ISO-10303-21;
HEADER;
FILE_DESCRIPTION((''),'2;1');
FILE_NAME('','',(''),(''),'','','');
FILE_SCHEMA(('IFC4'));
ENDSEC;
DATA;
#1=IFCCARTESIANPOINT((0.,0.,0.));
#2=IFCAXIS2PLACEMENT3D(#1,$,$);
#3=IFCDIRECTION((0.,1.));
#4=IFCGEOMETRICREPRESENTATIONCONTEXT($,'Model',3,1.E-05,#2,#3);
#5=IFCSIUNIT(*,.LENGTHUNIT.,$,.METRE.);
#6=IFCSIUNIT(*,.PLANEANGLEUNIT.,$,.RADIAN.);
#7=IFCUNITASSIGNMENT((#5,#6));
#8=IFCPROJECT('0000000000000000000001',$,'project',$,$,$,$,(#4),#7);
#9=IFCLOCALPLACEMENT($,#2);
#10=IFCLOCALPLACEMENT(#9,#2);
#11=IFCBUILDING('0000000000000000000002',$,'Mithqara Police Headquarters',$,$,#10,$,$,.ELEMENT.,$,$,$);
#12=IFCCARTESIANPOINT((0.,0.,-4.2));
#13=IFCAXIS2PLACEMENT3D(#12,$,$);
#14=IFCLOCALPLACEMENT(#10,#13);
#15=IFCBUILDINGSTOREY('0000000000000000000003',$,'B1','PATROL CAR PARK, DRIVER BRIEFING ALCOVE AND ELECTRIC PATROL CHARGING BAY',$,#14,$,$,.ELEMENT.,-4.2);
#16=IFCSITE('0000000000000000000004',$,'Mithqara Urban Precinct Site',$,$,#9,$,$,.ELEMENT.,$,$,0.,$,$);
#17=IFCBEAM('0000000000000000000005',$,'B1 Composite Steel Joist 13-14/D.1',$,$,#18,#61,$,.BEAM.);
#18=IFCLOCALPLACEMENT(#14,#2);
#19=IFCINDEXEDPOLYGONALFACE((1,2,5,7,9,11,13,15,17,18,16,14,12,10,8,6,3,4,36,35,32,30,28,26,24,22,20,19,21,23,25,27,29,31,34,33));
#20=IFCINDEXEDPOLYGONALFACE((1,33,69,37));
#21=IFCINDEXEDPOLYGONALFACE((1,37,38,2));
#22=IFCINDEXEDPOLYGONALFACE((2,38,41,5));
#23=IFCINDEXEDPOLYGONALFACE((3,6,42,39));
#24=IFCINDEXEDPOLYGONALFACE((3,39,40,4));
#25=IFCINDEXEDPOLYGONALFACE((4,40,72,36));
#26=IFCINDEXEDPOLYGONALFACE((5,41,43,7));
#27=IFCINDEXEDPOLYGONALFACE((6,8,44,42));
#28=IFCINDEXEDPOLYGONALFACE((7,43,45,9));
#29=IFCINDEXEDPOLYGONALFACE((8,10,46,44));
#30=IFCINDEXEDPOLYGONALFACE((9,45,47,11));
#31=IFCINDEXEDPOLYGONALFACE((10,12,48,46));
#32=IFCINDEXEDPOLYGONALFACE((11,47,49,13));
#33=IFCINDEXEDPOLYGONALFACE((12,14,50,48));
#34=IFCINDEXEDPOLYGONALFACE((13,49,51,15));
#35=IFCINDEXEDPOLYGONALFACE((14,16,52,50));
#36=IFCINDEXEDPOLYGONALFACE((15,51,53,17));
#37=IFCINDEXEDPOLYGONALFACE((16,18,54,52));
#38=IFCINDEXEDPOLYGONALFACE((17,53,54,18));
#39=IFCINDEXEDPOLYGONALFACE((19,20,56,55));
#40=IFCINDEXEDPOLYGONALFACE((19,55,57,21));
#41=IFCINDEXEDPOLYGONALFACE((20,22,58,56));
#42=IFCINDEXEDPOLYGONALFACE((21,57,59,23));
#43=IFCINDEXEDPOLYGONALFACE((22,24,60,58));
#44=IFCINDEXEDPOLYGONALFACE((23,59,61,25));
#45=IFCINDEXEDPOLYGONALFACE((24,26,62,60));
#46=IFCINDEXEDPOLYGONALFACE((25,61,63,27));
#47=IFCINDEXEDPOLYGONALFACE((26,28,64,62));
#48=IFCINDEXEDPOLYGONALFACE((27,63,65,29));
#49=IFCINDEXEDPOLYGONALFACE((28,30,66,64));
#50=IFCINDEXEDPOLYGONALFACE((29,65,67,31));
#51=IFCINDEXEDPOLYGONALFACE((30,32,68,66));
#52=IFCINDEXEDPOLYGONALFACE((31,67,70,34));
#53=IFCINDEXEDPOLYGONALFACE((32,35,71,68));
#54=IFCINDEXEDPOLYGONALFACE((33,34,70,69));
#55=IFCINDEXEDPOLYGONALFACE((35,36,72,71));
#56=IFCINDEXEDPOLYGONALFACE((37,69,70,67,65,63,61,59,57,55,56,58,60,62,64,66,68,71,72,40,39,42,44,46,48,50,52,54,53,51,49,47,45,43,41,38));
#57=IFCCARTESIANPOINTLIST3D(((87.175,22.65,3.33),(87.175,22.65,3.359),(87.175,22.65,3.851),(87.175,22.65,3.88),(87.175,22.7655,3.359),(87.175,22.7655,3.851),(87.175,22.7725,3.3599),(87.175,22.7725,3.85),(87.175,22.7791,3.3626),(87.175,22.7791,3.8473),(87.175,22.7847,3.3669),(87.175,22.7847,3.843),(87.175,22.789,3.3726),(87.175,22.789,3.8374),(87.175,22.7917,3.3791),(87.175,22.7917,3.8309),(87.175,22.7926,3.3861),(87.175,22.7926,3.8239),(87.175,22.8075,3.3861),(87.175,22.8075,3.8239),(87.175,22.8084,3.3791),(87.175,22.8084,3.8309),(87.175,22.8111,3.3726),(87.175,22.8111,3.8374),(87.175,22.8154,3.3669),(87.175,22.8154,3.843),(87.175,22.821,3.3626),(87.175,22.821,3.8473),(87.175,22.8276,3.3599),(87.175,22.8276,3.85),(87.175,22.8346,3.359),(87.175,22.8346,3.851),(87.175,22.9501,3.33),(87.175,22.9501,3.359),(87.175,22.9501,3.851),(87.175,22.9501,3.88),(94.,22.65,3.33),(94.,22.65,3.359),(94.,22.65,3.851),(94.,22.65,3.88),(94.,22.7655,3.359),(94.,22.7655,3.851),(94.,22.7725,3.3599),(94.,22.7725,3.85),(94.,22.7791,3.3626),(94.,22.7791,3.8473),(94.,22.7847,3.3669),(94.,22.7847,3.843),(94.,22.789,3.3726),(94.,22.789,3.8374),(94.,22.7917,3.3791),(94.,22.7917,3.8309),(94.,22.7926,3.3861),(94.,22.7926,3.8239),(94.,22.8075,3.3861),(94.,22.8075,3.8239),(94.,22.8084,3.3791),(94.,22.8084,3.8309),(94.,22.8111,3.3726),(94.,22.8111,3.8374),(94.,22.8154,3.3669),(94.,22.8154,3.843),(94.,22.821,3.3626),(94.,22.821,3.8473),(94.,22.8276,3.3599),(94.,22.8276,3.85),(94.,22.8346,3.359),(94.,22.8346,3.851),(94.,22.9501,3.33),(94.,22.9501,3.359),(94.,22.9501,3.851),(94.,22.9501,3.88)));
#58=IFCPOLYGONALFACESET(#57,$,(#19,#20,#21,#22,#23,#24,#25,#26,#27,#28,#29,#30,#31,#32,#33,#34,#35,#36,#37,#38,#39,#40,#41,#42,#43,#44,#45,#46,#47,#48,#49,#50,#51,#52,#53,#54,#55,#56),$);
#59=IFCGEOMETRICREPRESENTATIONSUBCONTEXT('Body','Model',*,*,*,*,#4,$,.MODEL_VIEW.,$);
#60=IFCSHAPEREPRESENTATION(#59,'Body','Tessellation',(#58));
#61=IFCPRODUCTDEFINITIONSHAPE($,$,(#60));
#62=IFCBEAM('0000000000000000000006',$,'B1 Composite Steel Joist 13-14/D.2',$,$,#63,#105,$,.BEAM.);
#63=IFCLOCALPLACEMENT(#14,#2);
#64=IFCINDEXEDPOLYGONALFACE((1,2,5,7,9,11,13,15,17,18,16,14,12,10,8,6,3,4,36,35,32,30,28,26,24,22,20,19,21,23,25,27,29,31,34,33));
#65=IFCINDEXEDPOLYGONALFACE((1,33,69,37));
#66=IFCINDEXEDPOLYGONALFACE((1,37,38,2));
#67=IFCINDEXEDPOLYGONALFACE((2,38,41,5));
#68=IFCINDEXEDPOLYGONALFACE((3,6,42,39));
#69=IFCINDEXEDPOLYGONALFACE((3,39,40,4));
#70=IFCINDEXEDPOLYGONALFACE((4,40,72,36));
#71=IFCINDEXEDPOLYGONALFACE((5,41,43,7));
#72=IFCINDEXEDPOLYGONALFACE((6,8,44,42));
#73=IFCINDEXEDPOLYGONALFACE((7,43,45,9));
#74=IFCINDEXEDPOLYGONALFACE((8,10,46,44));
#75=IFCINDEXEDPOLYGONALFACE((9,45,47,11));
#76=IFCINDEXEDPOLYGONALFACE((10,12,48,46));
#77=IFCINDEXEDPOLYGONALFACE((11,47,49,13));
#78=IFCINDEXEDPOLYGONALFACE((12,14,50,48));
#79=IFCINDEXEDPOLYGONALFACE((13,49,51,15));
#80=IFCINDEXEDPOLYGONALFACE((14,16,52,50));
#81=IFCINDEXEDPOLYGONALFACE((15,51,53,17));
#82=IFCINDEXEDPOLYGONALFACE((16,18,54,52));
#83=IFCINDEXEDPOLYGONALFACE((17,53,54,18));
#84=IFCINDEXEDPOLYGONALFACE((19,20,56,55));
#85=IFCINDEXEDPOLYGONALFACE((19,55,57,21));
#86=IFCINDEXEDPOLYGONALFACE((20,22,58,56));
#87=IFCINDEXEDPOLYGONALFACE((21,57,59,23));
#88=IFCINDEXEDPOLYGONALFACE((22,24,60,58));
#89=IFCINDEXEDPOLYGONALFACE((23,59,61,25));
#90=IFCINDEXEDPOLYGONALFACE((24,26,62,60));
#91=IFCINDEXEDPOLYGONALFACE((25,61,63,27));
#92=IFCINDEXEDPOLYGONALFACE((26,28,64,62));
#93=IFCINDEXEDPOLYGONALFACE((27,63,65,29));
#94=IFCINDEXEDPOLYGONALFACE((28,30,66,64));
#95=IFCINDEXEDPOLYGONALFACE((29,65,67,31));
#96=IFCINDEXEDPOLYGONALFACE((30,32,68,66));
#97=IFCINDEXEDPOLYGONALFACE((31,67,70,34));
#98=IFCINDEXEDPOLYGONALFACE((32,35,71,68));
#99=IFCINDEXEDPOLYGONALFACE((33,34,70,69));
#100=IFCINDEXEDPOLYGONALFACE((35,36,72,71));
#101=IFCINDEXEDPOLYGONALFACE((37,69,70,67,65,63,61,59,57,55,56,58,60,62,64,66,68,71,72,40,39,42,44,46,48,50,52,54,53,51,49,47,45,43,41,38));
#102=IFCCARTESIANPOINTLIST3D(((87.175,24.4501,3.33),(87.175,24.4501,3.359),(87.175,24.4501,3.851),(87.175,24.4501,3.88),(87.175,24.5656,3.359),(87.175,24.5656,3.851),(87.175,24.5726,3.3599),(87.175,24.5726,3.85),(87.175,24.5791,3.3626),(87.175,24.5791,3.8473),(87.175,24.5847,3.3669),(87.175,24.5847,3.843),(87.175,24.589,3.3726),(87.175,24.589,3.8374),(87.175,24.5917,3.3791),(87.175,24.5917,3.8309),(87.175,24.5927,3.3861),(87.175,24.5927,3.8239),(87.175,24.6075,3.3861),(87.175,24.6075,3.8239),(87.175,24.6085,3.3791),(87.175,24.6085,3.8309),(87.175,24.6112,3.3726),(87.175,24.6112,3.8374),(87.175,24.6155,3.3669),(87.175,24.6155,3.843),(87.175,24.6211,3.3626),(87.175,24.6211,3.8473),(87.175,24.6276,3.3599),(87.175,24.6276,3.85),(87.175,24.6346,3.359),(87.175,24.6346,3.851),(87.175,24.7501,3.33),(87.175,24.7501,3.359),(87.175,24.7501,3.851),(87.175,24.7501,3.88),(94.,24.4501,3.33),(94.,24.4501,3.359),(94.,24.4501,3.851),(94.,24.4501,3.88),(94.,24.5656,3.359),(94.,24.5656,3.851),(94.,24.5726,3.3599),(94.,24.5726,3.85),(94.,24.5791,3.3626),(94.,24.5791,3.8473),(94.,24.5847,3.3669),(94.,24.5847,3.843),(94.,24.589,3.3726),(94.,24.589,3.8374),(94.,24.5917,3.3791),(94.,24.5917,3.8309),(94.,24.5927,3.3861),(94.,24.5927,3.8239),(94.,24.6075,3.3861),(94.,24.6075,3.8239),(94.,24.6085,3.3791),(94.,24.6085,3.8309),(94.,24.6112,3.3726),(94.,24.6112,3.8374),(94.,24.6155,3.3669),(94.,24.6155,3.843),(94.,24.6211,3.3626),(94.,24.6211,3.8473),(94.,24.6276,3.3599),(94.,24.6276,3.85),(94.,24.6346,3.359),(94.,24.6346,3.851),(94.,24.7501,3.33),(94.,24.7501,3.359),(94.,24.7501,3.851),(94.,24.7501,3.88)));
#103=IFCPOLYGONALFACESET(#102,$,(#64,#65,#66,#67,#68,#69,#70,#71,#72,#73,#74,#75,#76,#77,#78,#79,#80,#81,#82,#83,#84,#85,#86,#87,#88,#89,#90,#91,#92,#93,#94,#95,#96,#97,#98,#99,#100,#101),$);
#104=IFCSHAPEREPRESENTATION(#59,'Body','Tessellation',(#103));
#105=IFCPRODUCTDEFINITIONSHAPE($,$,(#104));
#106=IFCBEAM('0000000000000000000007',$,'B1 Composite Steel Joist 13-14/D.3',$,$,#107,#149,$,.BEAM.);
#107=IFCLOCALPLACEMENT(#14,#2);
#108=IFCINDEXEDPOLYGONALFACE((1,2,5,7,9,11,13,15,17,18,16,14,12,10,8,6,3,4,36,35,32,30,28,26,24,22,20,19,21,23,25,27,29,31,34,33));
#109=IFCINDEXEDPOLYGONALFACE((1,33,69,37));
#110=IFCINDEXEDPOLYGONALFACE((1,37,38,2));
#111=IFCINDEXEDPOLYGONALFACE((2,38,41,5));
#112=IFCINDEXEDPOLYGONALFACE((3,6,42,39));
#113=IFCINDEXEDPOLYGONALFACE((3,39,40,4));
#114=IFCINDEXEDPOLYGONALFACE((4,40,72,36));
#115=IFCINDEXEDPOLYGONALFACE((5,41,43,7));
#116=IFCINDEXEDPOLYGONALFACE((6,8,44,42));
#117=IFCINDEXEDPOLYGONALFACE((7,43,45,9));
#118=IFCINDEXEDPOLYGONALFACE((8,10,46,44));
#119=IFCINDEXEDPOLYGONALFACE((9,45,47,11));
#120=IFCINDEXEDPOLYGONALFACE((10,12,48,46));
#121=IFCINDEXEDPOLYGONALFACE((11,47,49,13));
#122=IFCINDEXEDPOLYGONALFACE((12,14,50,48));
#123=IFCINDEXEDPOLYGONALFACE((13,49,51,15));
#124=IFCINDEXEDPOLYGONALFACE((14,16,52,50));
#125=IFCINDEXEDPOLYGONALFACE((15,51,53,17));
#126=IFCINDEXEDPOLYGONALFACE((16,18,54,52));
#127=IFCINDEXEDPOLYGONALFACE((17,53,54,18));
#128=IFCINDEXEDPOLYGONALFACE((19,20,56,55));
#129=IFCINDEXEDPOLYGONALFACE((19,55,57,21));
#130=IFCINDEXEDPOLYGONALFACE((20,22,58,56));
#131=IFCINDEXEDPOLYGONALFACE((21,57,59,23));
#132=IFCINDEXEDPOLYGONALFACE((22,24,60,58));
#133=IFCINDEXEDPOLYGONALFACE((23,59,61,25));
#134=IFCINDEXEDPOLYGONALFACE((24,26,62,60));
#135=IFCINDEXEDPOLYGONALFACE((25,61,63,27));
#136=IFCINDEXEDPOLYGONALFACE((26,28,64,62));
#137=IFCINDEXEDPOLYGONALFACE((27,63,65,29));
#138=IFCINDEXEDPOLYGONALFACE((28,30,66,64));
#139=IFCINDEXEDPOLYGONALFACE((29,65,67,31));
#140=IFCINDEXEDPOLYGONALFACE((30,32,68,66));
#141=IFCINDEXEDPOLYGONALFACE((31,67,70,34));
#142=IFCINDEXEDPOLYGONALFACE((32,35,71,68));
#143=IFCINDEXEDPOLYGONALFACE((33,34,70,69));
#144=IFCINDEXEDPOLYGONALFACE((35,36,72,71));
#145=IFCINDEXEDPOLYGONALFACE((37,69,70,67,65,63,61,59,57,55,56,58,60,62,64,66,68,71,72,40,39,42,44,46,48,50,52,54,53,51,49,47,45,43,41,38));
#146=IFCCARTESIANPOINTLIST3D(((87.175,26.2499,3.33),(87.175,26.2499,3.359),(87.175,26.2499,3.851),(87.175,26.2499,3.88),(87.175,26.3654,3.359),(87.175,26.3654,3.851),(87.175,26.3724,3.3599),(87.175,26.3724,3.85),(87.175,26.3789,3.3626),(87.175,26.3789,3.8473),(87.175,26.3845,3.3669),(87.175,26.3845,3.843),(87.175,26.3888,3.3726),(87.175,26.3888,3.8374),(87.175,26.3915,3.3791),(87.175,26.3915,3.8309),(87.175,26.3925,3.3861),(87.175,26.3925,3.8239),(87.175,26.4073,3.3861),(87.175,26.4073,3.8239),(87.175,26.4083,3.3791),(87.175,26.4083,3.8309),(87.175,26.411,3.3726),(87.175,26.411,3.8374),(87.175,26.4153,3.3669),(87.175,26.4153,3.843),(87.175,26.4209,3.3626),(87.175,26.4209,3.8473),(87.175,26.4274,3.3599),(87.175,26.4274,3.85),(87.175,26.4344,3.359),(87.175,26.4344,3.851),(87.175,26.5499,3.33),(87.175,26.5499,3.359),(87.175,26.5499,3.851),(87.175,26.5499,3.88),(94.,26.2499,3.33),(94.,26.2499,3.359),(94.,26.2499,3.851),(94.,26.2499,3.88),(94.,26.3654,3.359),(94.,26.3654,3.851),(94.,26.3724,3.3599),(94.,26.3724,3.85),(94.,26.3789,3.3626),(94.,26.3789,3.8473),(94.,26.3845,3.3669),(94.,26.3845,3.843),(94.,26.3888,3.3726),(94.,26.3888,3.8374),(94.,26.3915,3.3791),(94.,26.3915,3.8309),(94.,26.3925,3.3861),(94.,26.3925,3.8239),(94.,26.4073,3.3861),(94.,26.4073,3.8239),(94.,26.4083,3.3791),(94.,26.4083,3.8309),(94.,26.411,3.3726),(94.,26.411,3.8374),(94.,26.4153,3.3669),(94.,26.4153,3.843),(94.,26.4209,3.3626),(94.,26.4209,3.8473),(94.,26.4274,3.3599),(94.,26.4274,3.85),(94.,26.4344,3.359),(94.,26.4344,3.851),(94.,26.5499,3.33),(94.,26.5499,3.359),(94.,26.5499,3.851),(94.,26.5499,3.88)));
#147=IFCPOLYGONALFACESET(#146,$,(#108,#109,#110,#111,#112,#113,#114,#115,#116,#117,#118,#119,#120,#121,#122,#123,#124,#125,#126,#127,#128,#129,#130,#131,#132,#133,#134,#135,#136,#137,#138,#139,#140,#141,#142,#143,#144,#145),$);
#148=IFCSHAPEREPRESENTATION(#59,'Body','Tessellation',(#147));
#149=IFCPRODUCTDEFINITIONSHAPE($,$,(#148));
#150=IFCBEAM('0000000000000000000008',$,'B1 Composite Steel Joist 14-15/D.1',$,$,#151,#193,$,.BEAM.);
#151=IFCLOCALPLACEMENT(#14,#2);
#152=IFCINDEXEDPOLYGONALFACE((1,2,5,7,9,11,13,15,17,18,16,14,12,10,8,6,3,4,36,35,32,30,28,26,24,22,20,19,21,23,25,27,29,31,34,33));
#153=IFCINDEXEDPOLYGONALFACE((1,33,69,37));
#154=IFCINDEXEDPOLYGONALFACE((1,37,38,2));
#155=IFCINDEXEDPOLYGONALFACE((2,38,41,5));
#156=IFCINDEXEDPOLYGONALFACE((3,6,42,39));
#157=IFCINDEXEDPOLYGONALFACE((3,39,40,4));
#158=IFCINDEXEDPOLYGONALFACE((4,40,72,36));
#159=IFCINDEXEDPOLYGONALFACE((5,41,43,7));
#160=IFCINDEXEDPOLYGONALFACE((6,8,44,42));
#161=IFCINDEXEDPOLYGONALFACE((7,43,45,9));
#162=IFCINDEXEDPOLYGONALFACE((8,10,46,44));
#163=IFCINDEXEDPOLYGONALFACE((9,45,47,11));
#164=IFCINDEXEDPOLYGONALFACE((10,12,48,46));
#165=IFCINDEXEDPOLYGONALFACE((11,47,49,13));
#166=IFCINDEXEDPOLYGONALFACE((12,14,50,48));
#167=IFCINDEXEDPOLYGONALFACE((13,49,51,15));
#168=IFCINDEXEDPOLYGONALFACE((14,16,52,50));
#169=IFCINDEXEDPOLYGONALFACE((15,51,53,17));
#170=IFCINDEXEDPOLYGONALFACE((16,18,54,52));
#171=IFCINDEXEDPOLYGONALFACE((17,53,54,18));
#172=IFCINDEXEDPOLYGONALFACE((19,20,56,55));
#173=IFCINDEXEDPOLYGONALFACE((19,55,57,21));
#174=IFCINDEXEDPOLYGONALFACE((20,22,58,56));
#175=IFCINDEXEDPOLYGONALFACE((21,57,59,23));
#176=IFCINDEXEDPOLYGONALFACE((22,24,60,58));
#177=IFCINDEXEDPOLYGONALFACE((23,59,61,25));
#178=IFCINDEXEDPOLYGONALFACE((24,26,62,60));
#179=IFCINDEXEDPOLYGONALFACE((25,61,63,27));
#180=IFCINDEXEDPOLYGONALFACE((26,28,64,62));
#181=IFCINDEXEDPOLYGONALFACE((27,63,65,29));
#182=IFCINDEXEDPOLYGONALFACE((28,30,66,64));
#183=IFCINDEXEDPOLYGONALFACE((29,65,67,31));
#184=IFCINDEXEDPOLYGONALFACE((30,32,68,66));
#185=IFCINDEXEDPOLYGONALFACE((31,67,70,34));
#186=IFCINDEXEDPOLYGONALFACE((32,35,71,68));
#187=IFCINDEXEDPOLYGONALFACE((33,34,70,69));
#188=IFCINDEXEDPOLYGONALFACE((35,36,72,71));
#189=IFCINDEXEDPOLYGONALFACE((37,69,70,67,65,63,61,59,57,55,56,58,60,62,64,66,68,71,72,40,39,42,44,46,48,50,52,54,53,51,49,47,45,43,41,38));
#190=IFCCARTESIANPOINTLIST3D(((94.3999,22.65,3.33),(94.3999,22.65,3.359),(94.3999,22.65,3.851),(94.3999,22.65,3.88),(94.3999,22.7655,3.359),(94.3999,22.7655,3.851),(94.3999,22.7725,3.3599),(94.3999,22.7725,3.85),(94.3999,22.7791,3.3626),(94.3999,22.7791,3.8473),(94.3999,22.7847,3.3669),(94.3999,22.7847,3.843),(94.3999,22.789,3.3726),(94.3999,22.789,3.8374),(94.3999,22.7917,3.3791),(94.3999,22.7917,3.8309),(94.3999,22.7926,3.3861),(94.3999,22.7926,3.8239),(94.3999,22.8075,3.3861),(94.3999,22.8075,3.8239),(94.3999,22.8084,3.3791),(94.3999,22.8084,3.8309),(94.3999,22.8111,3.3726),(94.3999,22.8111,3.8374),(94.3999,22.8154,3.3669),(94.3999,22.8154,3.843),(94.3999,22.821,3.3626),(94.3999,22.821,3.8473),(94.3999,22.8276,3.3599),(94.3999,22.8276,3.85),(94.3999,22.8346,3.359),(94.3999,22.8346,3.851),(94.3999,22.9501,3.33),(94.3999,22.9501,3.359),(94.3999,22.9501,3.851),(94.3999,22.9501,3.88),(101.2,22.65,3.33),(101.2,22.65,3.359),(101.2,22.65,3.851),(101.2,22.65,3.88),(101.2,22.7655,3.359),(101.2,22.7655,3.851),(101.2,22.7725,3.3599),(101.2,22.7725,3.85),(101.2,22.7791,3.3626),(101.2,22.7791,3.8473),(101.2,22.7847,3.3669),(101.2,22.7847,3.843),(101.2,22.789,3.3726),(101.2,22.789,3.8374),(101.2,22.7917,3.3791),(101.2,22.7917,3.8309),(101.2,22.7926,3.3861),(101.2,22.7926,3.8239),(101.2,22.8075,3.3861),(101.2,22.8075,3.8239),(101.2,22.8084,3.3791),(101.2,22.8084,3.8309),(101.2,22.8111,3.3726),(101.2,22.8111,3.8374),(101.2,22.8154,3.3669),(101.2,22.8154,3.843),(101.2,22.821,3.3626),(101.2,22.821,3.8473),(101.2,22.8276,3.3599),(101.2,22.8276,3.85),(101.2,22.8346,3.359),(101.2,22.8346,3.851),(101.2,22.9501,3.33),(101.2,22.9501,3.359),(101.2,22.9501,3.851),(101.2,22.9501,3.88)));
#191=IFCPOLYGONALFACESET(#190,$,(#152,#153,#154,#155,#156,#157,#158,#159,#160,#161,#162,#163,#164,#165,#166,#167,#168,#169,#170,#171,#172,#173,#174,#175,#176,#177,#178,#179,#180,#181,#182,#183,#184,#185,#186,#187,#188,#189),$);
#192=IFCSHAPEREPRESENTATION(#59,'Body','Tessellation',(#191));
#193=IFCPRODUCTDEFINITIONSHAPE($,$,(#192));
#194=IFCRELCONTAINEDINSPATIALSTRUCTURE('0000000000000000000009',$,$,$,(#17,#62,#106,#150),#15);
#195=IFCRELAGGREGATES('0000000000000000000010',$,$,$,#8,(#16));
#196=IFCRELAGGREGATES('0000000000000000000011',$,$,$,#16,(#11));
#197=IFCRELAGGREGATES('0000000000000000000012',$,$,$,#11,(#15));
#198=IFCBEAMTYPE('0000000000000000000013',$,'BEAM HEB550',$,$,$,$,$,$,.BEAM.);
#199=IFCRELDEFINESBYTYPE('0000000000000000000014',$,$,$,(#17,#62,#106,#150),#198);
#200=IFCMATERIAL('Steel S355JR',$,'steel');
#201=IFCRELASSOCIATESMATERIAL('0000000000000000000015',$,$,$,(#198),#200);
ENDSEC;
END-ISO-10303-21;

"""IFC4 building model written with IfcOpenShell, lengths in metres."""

from ifc_helpers import new_model, si_unit, direction, frame, origin, origin_2d, place, context, subcontext, project, spatial, i_section, extrude, material, material_profile, profile_set, type_object, element, save


model = new_model("IFC4")

# Units and contexts
model_context = context("Model", 3, precision=1e-05, world=origin(), true_north=direction((0.0, 1.0)))
body_context = subcontext(model_context, "Body", "Model", "MODEL_VIEW")
ifc_project = project(units=[si_unit("LENGTHUNIT", "METRE"), si_unit("PLANEANGLEUNIT", "RADIAN")], contexts=[model_context])

# Site, building, storey
site_placement = place(None, origin())
site = spatial("IfcSite", under=ifc_project, at=site_placement, Name="Mithqara Urban Precinct Site", CompositionType="ELEMENT", RefElevation=0.0)
building_placement = place(site_placement, origin())
building = spatial("IfcBuilding", under=site, at=building_placement, Name="Mithqara Police Headquarters", CompositionType="ELEMENT")
storey_placement = place(building_placement, frame((0.0, 0.0, -4.2)))
storey = spatial("IfcBuildingStorey", under=building, at=storey_placement, Name="B1", Description="PATROL CAR PARK, DRIVER BRIEFING ALCOVE AND ELECTRIC PATROL CHARGING BAY", CompositionType="ELEMENT", Elevation=-4.2)

# Beams
ifc_material_1 = material(Name="Steel S355JR", Category="steel")
ifc_material_profile_1 = material_profile(ifc_material_1, i_section(OverallWidth=0.3, OverallDepth=0.55, WebThickness=0.0149, FlangeThickness=0.0291, FilletRadius=0.0271, at=origin_2d()), Name="HEB 550")
ifc_profile_set_1 = profile_set([ifc_material_profile_1], Name="Steel S355JR")
beam_type_1 = type_object("IfcBeamType", Name="BEAM HEB550", PredefinedType="BEAM", material=ifc_profile_set_1)
for number, where, z_axis, x_axis, name in (
    (1, (87.175, 22.8, 3.605), (1.0, 0.0, 0.0), (0.0, 1.0, 0.0), "B1 Composite Steel Joist 13-14/D.1"),
    (2, (87.175, 24.6001, 3.605), (1.0, 0.0, 0.0), (0.0, 1.0, 0.0), "B1 Composite Steel Joist 13-14/D.2"),
    (3, (87.175, 26.3999, 3.605), (1.0, 0.0, 0.0), (0.0, 1.0, 0.0), "B1 Composite Steel Joist 13-14/D.3"),
):
    element("IfcBeam", number, at=place(storey_placement, frame(where, z_axis=z_axis, x_axis=x_axis)), inside=storey, type_object=beam_type_1, Name=name, PredefinedType="BEAM", context=body_context, shape_type="SweptSolid", body=[
        extrude(i_section(OverallWidth=0.3, OverallDepth=0.55, WebThickness=0.0149, FlangeThickness=0.0291, FilletRadius=0.0271, at=origin_2d()), origin(), (0.0, 0.0, 1.0), 6.825),
    ])
for number, where, z_axis, x_axis, name in (
    (4, (94.3999, 22.8, 3.605), (1.0, 0.0, 0.0), (0.0, 1.0, 0.0), "B1 Composite Steel Joist 14-15/D.1"),
):
    element("IfcBeam", number, at=place(storey_placement, frame(where, z_axis=z_axis, x_axis=x_axis)), inside=storey, type_object=beam_type_1, Name=name, PredefinedType="BEAM", context=body_context, shape_type="SweptSolid", body=[
        extrude(i_section(OverallWidth=0.3, OverallDepth=0.55, WebThickness=0.0149, FlangeThickness=0.0291, FilletRadius=0.0271, at=origin_2d()), origin(), (0.0, 0.0, 1.0), 6.8),
    ])

save(model, "model.ifc")
